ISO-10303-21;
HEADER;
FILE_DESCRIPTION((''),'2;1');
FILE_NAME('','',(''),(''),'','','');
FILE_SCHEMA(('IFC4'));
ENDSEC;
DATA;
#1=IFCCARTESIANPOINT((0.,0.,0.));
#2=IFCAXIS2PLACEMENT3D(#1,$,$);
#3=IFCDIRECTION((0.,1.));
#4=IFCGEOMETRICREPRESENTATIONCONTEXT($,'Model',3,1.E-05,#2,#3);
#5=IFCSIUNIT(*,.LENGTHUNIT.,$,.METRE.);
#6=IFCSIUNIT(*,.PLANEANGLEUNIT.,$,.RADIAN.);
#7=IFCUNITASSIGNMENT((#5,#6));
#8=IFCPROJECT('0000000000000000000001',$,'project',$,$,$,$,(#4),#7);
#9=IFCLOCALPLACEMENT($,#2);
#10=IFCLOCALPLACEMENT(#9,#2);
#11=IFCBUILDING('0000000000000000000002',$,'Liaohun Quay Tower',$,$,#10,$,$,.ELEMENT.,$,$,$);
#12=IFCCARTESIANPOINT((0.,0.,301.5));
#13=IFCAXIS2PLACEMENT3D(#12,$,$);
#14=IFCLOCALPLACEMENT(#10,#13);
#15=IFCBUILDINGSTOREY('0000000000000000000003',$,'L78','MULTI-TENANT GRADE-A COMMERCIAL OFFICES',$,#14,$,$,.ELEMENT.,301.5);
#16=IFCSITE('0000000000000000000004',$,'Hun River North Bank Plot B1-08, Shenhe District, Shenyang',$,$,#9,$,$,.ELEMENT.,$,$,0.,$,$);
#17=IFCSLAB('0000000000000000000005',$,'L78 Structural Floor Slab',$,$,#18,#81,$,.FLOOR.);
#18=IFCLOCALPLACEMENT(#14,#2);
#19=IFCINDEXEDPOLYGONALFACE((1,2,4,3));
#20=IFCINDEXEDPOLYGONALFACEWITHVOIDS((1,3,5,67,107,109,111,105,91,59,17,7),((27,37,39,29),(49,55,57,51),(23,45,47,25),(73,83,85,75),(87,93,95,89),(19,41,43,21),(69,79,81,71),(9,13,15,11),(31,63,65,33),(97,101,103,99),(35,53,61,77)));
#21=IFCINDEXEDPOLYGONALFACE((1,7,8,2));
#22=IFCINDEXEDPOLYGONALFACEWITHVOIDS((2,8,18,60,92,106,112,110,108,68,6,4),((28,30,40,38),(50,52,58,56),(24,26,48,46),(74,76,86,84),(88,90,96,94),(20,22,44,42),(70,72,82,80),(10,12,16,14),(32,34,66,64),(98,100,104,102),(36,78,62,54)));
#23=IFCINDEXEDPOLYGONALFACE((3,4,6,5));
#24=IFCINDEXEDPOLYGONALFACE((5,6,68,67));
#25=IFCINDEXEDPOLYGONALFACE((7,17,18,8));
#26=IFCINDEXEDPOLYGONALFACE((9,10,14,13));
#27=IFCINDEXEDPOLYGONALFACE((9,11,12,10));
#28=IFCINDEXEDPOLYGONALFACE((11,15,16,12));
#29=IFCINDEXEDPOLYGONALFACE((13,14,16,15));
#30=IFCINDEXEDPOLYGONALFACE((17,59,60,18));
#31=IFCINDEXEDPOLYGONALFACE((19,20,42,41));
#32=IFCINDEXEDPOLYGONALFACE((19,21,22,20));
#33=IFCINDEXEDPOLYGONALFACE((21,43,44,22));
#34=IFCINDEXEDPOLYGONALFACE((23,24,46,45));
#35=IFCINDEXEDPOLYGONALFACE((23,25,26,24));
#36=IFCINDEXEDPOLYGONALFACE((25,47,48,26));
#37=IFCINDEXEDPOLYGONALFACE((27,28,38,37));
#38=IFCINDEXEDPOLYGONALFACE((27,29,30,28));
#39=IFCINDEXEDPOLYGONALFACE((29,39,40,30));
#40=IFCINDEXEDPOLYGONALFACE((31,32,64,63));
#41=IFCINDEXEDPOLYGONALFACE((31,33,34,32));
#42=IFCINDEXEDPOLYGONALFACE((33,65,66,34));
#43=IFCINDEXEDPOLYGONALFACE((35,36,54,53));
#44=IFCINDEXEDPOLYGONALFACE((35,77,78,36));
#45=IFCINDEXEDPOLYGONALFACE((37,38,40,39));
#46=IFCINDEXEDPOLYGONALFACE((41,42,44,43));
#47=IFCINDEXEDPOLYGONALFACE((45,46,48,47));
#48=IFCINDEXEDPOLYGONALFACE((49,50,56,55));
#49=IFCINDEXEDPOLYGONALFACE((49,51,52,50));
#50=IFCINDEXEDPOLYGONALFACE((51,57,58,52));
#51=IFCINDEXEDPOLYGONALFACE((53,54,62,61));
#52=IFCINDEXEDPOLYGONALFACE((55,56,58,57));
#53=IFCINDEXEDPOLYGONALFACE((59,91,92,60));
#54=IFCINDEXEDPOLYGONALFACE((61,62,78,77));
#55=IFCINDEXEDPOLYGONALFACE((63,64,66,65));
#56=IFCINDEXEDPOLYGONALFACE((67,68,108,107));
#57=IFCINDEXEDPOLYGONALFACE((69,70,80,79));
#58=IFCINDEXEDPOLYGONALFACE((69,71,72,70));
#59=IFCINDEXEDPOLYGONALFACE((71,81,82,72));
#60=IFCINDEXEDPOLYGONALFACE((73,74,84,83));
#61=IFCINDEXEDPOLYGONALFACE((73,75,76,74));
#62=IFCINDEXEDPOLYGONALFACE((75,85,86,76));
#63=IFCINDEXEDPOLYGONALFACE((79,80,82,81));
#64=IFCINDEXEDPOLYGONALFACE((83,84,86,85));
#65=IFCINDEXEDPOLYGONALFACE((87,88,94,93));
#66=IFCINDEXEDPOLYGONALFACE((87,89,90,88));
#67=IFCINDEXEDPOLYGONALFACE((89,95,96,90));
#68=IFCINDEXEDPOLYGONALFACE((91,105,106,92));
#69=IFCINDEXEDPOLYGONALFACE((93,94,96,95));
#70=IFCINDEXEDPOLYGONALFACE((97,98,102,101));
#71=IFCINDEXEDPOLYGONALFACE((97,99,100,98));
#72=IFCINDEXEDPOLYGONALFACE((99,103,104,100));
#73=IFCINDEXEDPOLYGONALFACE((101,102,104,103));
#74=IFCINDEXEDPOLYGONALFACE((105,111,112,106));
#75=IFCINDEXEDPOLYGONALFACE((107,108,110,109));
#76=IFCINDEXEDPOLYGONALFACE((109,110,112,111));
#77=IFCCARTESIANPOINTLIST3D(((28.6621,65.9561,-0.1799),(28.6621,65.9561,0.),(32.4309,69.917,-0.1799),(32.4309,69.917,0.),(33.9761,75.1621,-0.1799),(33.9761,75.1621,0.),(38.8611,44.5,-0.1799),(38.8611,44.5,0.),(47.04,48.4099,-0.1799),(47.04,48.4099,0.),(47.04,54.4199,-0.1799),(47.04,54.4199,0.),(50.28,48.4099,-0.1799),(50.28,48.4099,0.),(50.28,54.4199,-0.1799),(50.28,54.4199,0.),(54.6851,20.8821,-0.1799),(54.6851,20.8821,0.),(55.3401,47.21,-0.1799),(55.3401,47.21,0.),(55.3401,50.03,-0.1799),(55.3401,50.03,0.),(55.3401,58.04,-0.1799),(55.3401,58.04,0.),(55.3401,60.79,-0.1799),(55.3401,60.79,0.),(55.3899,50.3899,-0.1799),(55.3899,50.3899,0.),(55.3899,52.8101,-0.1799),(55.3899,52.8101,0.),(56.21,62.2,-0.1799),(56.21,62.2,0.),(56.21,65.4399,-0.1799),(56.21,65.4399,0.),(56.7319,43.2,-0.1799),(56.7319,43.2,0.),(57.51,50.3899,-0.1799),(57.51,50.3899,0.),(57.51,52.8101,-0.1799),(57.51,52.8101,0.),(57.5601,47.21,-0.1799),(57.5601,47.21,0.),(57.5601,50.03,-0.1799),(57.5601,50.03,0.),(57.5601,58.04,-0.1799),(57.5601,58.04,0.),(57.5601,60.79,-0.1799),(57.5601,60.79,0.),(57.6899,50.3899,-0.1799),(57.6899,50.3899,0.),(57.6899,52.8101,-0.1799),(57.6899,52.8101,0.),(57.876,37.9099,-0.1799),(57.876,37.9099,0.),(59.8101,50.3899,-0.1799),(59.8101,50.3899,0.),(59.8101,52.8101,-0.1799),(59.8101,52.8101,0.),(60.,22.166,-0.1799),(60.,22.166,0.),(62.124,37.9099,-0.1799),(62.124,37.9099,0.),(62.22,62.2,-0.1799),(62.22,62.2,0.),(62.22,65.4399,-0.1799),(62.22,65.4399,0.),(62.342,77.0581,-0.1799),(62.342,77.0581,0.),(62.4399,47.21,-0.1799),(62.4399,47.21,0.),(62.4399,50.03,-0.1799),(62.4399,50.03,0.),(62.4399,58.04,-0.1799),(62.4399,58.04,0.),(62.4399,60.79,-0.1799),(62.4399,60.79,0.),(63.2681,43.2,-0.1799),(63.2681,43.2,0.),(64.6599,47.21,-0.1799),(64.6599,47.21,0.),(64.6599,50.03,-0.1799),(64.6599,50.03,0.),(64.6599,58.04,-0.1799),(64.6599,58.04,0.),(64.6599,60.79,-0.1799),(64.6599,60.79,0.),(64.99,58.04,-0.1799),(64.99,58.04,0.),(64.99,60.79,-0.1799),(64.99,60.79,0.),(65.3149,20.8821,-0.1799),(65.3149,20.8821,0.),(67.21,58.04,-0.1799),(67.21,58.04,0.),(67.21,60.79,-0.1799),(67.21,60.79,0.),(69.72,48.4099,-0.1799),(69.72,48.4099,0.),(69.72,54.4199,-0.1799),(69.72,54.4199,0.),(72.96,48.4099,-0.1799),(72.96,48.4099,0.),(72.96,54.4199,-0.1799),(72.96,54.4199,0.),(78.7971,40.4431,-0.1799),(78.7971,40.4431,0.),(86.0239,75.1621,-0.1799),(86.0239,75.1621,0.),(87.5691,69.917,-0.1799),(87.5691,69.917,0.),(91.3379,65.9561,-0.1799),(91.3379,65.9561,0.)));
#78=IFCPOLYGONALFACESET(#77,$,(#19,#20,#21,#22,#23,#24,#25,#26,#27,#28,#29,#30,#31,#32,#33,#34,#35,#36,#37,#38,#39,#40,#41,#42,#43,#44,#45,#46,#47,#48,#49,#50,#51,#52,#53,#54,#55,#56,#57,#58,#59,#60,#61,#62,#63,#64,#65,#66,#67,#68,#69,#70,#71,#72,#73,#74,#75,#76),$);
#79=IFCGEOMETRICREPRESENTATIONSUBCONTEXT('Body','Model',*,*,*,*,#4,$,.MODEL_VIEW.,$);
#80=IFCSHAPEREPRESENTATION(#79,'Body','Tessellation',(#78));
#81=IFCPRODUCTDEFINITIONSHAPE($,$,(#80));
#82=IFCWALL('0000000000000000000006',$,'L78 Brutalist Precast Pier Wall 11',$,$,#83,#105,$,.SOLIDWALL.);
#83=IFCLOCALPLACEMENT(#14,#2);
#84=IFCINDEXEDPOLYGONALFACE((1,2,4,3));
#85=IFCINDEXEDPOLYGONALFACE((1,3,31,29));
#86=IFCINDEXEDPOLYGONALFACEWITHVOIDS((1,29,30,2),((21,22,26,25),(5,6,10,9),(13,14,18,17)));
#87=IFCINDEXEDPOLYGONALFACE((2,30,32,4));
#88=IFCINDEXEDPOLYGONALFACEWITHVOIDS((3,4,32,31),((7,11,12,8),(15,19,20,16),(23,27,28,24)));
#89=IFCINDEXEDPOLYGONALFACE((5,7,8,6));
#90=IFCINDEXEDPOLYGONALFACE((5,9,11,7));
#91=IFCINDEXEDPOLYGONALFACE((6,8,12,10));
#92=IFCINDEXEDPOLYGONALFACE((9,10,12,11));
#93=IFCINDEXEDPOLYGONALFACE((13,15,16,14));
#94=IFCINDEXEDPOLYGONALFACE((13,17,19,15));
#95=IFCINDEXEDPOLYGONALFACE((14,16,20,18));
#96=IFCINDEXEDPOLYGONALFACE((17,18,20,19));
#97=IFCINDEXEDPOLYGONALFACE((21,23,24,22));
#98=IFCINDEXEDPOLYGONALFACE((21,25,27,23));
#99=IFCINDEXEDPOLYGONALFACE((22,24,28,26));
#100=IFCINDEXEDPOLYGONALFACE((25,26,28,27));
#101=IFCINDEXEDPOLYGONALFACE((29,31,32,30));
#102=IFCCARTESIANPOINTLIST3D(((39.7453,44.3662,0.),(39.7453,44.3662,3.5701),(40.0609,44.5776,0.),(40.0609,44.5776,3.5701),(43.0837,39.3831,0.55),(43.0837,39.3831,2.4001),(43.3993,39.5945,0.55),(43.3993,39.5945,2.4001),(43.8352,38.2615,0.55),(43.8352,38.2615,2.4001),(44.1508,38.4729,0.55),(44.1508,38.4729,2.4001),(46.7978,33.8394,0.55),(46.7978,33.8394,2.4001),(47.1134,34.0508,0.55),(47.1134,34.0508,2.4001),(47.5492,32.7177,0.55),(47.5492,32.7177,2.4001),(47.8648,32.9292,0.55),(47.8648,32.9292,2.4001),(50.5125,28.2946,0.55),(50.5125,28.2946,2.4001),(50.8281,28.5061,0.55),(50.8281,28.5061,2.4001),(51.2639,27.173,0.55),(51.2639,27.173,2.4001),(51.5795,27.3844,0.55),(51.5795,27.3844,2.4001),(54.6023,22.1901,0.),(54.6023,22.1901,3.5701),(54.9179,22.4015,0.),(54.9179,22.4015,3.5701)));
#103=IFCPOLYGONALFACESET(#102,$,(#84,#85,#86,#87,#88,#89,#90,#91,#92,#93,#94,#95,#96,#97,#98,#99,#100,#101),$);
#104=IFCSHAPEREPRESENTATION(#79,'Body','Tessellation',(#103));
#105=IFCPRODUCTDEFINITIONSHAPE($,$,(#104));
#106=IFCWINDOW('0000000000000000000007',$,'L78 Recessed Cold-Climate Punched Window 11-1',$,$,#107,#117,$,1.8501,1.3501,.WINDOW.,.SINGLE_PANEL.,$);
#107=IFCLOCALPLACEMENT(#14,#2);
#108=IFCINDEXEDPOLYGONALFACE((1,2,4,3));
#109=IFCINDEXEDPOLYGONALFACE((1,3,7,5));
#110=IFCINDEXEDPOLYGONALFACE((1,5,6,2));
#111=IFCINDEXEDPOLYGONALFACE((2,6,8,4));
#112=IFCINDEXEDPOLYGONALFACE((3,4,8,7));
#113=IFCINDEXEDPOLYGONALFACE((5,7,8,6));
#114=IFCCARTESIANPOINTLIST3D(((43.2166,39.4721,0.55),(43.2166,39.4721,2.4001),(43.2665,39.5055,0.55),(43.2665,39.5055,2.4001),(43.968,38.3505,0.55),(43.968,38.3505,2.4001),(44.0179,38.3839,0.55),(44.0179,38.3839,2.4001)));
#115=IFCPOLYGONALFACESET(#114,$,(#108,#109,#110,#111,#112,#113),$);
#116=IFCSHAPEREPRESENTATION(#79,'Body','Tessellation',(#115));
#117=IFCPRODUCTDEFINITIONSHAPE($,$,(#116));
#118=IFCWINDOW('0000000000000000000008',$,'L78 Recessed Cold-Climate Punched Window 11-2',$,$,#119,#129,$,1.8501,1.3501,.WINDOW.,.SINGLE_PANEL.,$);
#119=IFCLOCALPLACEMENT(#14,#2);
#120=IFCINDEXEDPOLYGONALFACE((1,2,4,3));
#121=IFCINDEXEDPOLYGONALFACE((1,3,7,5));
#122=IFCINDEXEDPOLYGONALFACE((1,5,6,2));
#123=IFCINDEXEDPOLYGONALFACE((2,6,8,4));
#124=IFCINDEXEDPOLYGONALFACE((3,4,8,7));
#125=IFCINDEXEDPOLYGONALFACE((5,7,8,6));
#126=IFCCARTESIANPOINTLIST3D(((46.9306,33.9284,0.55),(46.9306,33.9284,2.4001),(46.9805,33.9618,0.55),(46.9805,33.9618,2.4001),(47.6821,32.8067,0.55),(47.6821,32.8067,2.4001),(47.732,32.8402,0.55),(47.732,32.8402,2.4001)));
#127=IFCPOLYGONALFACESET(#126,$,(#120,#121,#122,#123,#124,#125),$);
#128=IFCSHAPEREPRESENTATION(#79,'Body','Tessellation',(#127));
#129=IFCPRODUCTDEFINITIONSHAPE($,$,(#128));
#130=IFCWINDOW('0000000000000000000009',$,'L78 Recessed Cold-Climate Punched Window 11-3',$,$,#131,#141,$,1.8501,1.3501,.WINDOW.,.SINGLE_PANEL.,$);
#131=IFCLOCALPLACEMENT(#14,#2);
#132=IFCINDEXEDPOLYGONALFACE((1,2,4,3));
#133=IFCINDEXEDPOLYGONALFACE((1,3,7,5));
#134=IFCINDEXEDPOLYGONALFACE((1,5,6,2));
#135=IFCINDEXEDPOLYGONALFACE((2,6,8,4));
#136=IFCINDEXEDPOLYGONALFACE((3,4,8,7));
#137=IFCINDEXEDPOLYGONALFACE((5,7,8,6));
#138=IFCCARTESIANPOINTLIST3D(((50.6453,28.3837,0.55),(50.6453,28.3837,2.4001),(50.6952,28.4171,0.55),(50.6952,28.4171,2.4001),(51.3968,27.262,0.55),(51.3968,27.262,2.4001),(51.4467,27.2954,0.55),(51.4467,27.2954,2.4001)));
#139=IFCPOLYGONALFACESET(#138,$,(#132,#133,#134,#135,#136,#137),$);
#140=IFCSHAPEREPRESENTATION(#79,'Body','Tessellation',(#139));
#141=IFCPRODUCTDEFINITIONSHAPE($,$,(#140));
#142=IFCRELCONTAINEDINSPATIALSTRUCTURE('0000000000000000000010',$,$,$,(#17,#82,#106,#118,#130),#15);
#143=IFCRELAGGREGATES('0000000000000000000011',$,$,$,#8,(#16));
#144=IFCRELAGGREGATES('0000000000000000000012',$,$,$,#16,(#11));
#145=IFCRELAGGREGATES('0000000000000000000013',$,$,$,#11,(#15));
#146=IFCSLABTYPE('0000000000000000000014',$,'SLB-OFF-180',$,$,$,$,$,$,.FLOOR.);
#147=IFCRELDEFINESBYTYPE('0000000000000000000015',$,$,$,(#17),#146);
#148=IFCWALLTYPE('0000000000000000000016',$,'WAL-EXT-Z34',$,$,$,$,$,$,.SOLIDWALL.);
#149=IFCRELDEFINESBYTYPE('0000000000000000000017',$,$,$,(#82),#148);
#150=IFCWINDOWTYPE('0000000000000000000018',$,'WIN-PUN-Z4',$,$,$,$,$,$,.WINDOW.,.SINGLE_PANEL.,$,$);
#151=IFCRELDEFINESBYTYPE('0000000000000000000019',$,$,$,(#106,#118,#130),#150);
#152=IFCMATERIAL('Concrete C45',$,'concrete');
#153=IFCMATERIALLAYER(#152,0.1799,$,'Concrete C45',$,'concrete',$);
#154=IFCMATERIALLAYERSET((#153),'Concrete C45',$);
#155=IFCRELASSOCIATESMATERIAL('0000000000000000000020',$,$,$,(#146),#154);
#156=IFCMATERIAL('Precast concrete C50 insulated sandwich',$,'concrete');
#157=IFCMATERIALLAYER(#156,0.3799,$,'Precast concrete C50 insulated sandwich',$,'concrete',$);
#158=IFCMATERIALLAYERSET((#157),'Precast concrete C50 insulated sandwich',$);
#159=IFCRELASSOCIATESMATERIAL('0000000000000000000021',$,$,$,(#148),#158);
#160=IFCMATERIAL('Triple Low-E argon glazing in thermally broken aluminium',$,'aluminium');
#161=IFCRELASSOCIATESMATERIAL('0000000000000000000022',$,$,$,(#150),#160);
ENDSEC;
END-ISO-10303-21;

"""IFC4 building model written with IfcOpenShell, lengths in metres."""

from ifc_helpers import new_model, si_unit, direction, frame, frame_2d, origin, place, context, subcontext, project, spatial, polyline, rectangle, outline, extrude, source, transform, mapped, material, layer, layer_set, type_object, element, fill, save


model = new_model("IFC4")

# Units and contexts
model_context = context("Model", 3, precision=1e-05, world=origin(), true_north=direction((0.0, 1.0)))
body_context = subcontext(model_context, "Body", "Model", "MODEL_VIEW")
ifc_project = project(units=[si_unit("LENGTHUNIT", "METRE"), si_unit("PLANEANGLEUNIT", "RADIAN")], contexts=[model_context])

# Site, building, storey
site_placement = place(None, origin())
site = spatial("IfcSite", under=ifc_project, at=site_placement, Name="Hun River North Bank Plot B1-08, Shenhe District, Shenyang", CompositionType="ELEMENT", RefElevation=0.0)
building_placement = place(site_placement, origin())
building = spatial("IfcBuilding", under=site, at=building_placement, Name="Liaohun Quay Tower", CompositionType="ELEMENT")
storey_placement = place(building_placement, frame((0.0, 0.0, 301.5)))
storey = spatial("IfcBuildingStorey", under=building, at=storey_placement, Name="L78", Description="MULTI-TENANT GRADE-A COMMERCIAL OFFICES", CompositionType="ELEMENT", Elevation=301.5)

# Shared definitions
ifc_material_1 = material(Name="Concrete C45", Category="concrete")

# Slab
ifc_layer_1 = layer(ifc_material_1, 0.1799, Name="Concrete C45", Category="concrete")
ifc_layer_set_1 = layer_set([ifc_layer_1], Name="Concrete C45")
slab_type_1 = type_object("IfcSlabType", Name="SLB-OFF-180", PredefinedType="FLOOR", material=ifc_layer_set_1)
slab_1_placement = place(storey_placement, frame((0.0, 0.0, -0.1799)))
element("IfcSlab", 1, at=slab_1_placement, inside=storey, type_object=slab_type_1, Name="L78 Structural Floor Slab", PredefinedType="FLOOR", context=body_context, shape_type="SweptSolid", body=[
    extrude(outline(polyline([(54.6851, 20.8821), (60.0, 22.166), (65.3149, 20.8821), (78.7971, 40.4431), (91.3379, 65.9561), (87.5691, 69.917), (86.0239, 75.1621), (62.342, 77.0581), (33.9761, 75.1621), (32.4309, 69.917), (28.6621, 65.9561), (38.8611, 44.5), (54.6851, 20.8821)]), holes=[polyline([(57.5601, 50.03), (55.3401, 50.03), (55.3401, 47.21), (57.5601, 47.21), (57.5601, 50.03)]), polyline([(47.04, 54.4199), (47.04, 48.4099), (50.28, 48.4099), (50.28, 54.4199), (47.04, 54.4199)]), polyline([(57.51, 52.8101), (55.3899, 52.8101), (55.3899, 50.3899), (57.51, 50.3899), (57.51, 52.8101)]), polyline([(59.8101, 50.3899), (59.8101, 52.8101), (57.6899, 52.8101), (57.6899, 50.3899), (59.8101, 50.3899)]), polyline([(57.5601, 58.04), (57.5601, 60.79), (55.3401, 60.79), (55.3401, 58.04), (57.5601, 58.04)]), polyline([(62.22, 65.4399), (56.21, 65.4399), (56.21, 62.2), (62.22, 62.2), (62.22, 65.4399)]), polyline([(62.124, 37.9099), (63.2681, 43.2), (56.7319, 43.2), (57.876, 37.9099), (62.124, 37.9099)]), polyline([(64.6599, 47.21), (64.6599, 50.03), (62.4399, 50.03), (62.4399, 47.21), (64.6599, 47.21)]), polyline([(69.72, 54.4199), (69.72, 48.4099), (72.96, 48.4099), (72.96, 54.4199), (69.72, 54.4199)]), polyline([(64.6599, 58.04), (64.6599, 60.79), (62.4399, 60.79), (62.4399, 58.04), (64.6599, 58.04)]), polyline([(67.21, 58.04), (67.21, 60.79), (64.99, 60.79), (64.99, 58.04), (67.21, 58.04)])]), origin(), (0.0, 0.0, 1.0), 0.1799),
])

# Wall, openings, windows
ifc_material_2 = material(Name="Precast concrete C50 insulated sandwich", Category="concrete")
ifc_layer_2 = layer(ifc_material_2, 0.3799, Name="Precast concrete C50 insulated sandwich", Category="concrete")
ifc_layer_set_2 = layer_set([ifc_layer_2], Name="Precast concrete C50 insulated sandwich")
wall_type_1 = type_object("IfcWallType", Name="WAL-EXT-Z34", PredefinedType="SOLIDWALL", material=ifc_layer_set_2)
wall_1_placement = place(storey_placement, frame((39.9031, 44.4719, 0.0), z_axis=(0.0, 0.0, 1.0), x_axis=(0.55659, -0.830787, 0.0)))
wall_1 = element("IfcWall", 2, at=wall_1_placement, inside=storey, type_object=wall_type_1, Name="L78 Brutalist Precast Pier Wall 11", PredefinedType="SOLIDWALL", context=body_context, shape_type="SweptSolid", body=[
    extrude(rectangle(XDim=26.6929, YDim=0.3799, at=frame_2d((13.3464, 0.0))), origin(), (0.0, 0.0, 1.0), 3.5701),
])
shared_shape_1 = source(origin(), body_context, "Body", "SweptSolid", [
    extrude(rectangle(XDim=1.3501, YDim=1.8501, at=frame_2d((0.675, 0.925))), frame((0.0, 0.2, 0.0), z_axis=(0.0, -1.0, 0.0), x_axis=(1.0, 0.0, 0.0)), (0.0, 0.0, 1.0), 0.3999),
])
opening_1_placement = place(wall_1_placement, frame((5.998, 0.0, 0.55)))
opening_1 = element("IfcOpeningElement", 3, at=opening_1_placement, cuts=wall_1, PredefinedType="OPENING", context=body_context, shape_type="MappedRepresentation", body=[
    mapped(shared_shape_1, transform((0.0, 0.0, 0.0), x_axis=(1.0, 0.0, 0.0), y_axis=(0.0, 1.0, 0.0), z_axis=(0.0, 0.0, 1.0), scale=1.0)),
])
opening_2_placement = place(wall_1_placement, frame((12.6709, 0.0, 0.55)))
opening_2 = element("IfcOpeningElement", 4, at=opening_2_placement, cuts=wall_1, PredefinedType="OPENING", context=body_context, shape_type="MappedRepresentation", body=[
    mapped(shared_shape_1, transform((0.0, 0.0, 0.0), x_axis=(1.0, 0.0, 0.0), y_axis=(0.0, 1.0, 0.0), z_axis=(0.0, 0.0, 1.0), scale=1.0)),
])
opening_3_placement = place(wall_1_placement, frame((19.345, 0.0, 0.55)))
opening_3 = element("IfcOpeningElement", 5, at=opening_3_placement, cuts=wall_1, PredefinedType="OPENING", context=body_context, shape_type="MappedRepresentation", body=[
    mapped(shared_shape_1, transform((0.0, 0.0, 0.0), x_axis=(1.0, 0.0, 0.0), y_axis=(0.0, 1.0, 0.0), z_axis=(0.0, 0.0, 1.0), scale=1.0)),
])
ifc_material_3 = material(Name="Triple Low-E argon glazing in thermally broken aluminium", Category="aluminium")
window_type = type_object("IfcWindowType", Name="WIN-PUN-Z4", PartitioningType="SINGLE_PANEL", PredefinedType="WINDOW", material=ifc_material_3)
shared_shape_2 = source(origin(), body_context, "Body", "SweptSolid", [
    extrude(rectangle(XDim=1.3501, YDim=1.8501, at=frame_2d((0.675, 0.925))), frame((0.0, 0.03, 0.0), z_axis=(0.0, -1.0, 0.0), x_axis=(1.0, 0.0, 0.0)), (0.0, 0.0, 1.0), 0.0601),
])
window_1_placement = place(opening_1_placement, origin())
window_1 = element("IfcWindow", 6, at=window_1_placement, inside=storey, type_object=window_type, Name="L78 Recessed Cold-Climate Punched Window 11-1", OverallHeight=1.8501, OverallWidth=1.3501, PartitioningType="SINGLE_PANEL", PredefinedType="WINDOW", context=body_context, shape_type="MappedRepresentation", body=[
    mapped(shared_shape_2, transform((0.0, 0.0, 0.0), x_axis=(1.0, 0.0, 0.0), y_axis=(0.0, 1.0, 0.0), z_axis=(0.0, 0.0, 1.0), scale=1.0)),
])
fill(opening_1, window_1)
window_2_placement = place(opening_2_placement, origin())
window_2 = element("IfcWindow", 7, at=window_2_placement, inside=storey, type_object=window_type, Name="L78 Recessed Cold-Climate Punched Window 11-2", OverallHeight=1.8501, OverallWidth=1.3501, PartitioningType="SINGLE_PANEL", PredefinedType="WINDOW", context=body_context, shape_type="MappedRepresentation", body=[
    mapped(shared_shape_2, transform((0.0, 0.0, 0.0), x_axis=(1.0, 0.0, 0.0), y_axis=(0.0, 1.0, 0.0), z_axis=(0.0, 0.0, 1.0), scale=1.0)),
])
fill(opening_2, window_2)
window_3_placement = place(opening_3_placement, origin())
window_3 = element("IfcWindow", 8, at=window_3_placement, inside=storey, type_object=window_type, Name="L78 Recessed Cold-Climate Punched Window 11-3", OverallHeight=1.8501, OverallWidth=1.3501, PartitioningType="SINGLE_PANEL", PredefinedType="WINDOW", context=body_context, shape_type="MappedRepresentation", body=[
    mapped(shared_shape_2, transform((0.0, 0.0, 0.0), x_axis=(1.0, 0.0, 0.0), y_axis=(0.0, 1.0, 0.0), z_axis=(0.0, 0.0, 1.0), scale=1.0)),
])
fill(opening_3, window_3)

save(model, "model.ifc")
